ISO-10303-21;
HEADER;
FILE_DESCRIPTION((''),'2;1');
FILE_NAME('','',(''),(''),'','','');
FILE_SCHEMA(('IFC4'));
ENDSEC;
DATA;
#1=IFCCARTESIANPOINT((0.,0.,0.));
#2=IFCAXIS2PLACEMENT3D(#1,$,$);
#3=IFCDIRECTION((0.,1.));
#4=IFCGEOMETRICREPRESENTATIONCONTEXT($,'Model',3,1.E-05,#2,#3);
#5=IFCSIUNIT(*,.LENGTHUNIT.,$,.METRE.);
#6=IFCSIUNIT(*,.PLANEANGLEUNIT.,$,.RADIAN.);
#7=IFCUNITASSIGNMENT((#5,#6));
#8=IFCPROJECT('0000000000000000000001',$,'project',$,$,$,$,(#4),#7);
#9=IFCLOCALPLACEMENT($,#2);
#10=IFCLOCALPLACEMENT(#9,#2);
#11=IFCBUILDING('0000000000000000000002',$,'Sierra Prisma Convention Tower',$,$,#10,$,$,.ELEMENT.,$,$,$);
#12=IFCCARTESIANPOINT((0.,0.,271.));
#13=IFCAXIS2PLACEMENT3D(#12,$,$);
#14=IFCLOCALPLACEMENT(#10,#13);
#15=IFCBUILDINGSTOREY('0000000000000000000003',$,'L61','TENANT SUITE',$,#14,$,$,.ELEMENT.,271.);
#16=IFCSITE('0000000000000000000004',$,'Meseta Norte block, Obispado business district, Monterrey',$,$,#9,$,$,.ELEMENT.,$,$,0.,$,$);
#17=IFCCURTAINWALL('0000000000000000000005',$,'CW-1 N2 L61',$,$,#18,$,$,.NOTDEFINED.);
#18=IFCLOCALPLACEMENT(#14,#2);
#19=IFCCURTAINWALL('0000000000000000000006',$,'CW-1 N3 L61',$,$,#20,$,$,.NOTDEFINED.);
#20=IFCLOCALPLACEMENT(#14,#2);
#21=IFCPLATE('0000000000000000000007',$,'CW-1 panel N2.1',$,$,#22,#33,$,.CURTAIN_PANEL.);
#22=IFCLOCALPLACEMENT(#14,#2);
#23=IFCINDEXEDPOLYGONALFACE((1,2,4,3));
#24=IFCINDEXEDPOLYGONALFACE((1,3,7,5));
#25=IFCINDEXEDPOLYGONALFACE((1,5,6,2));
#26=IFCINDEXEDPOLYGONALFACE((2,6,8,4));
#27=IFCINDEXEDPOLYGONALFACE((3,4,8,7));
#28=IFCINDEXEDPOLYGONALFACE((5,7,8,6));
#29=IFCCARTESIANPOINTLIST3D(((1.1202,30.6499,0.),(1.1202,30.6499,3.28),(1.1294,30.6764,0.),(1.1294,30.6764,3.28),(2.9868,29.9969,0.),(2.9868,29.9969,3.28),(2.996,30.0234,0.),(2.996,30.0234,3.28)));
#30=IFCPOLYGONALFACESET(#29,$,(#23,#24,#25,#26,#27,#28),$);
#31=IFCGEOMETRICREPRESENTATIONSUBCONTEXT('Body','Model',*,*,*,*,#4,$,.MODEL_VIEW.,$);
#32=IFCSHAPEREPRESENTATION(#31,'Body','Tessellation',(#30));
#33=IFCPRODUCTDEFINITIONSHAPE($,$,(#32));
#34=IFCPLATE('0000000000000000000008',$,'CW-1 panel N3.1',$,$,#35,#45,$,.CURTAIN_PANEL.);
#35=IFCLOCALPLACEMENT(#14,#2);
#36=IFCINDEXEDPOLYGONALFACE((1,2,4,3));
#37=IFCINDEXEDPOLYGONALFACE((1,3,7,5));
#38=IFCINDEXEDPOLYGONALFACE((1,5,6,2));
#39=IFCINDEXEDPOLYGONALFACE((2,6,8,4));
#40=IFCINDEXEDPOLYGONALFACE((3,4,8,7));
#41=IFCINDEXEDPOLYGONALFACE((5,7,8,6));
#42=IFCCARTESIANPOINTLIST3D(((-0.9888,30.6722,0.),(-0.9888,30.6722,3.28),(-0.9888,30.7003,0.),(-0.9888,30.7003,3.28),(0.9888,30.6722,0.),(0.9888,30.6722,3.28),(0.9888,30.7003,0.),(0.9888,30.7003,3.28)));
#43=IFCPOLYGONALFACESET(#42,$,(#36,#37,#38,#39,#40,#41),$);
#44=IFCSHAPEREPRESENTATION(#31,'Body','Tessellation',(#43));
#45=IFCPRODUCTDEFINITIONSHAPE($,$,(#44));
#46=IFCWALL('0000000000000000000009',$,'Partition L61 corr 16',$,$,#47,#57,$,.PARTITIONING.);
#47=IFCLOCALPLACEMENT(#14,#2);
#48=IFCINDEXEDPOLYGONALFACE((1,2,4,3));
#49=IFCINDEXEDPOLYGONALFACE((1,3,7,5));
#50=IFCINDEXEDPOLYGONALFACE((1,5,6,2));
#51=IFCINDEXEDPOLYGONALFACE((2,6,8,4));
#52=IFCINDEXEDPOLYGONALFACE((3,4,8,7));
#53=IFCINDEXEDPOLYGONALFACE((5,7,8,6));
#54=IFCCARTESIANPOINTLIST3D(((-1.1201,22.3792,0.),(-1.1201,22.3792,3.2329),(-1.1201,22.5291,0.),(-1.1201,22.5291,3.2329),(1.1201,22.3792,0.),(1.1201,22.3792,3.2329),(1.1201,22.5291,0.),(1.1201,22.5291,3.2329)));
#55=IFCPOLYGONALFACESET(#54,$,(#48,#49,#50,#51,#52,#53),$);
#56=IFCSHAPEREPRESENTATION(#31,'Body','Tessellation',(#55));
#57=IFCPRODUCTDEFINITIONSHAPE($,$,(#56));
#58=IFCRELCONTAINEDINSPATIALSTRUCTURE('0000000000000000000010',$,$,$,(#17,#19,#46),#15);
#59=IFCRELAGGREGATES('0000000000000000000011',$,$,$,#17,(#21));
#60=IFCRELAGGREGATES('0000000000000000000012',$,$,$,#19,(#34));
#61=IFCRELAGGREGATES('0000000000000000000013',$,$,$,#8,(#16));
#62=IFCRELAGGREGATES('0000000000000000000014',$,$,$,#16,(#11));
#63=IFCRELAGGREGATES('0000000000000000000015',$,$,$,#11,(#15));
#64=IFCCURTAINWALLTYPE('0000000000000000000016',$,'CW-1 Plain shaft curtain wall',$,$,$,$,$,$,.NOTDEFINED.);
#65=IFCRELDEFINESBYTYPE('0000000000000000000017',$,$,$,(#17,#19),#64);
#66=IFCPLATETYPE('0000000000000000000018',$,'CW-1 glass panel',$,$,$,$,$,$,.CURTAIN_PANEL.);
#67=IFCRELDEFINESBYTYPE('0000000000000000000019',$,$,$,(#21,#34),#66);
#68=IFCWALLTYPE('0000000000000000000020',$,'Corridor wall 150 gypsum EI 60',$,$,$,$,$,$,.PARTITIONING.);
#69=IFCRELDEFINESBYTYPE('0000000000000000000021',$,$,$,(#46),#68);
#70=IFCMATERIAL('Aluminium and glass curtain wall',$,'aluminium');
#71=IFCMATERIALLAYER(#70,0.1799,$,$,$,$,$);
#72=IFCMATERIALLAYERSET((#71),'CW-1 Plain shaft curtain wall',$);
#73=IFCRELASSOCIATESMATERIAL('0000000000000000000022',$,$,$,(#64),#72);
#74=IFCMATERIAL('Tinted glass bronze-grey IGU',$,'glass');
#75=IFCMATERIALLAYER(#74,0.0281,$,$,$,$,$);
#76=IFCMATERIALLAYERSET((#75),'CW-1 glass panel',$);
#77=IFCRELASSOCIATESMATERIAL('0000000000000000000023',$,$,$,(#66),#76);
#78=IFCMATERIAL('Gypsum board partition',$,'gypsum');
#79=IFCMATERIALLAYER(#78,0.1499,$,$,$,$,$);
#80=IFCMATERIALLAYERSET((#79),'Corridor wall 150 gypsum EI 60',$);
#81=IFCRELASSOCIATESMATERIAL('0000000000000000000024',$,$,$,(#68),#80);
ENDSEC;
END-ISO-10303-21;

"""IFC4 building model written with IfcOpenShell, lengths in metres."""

from ifc_helpers import new_model, si_unit, direction, frame, frame_2d, origin, origin_2d, place, context, subcontext, project, spatial, rectangle, extrude, material, layer, layer_set, type_object, element, aggregate, save


model = new_model("IFC4")

# Units and contexts
model_context = context("Model", 3, precision=1e-05, world=origin(), true_north=direction((0.0, 1.0)))
body_context = subcontext(model_context, "Body", "Model", "MODEL_VIEW")
ifc_project = project(units=[si_unit("LENGTHUNIT", "METRE"), si_unit("PLANEANGLEUNIT", "RADIAN")], contexts=[model_context])

# Site, building, storey
site_placement = place(None, origin())
site = spatial("IfcSite", under=ifc_project, at=site_placement, Name="Meseta Norte block, Obispado business district, Monterrey", CompositionType="ELEMENT", RefElevation=0.0)
building_placement = place(site_placement, origin())
building = spatial("IfcBuilding", under=site, at=building_placement, Name="Sierra Prisma Convention Tower", CompositionType="ELEMENT")
storey_placement = place(building_placement, frame((0.0, 0.0, 271.0)))
storey = spatial("IfcBuildingStorey", under=building, at=storey_placement, Name="L61", Description="TENANT SUITE", CompositionType="ELEMENT", Elevation=271.0)

# Shared definitions
ifc_material_1 = material(Name="Aluminium and glass curtain wall", Category="aluminium")
ifc_layer_1 = layer(ifc_material_1, 0.1799)
ifc_layer_set_1 = layer_set([ifc_layer_1], Name="CW-1 Plain shaft curtain wall")
curtain_wall_type = type_object("IfcCurtainWallType", Name="CW-1 Plain shaft curtain wall", PredefinedType="NOTDEFINED", material=ifc_layer_set_1)

# Curtain walls
curtain_wall_1_placement = place(storey_placement, origin())
curtain_wall_1 = element("IfcCurtainWall", 1, at=curtain_wall_1_placement, inside=storey, type_object=curtain_wall_type, Name="CW-1 N2 L61", PredefinedType="NOTDEFINED")
curtain_wall_2_placement = place(storey_placement, origin())
curtain_wall_2 = element("IfcCurtainWall", 2, at=curtain_wall_2_placement, inside=storey, type_object=curtain_wall_type, Name="CW-1 N3 L61", PredefinedType="NOTDEFINED")

# Plates
ifc_material_2 = material(Name="Tinted glass bronze-grey IGU", Category="glass")
ifc_layer_2 = layer(ifc_material_2, 0.0281)
ifc_layer_set_2 = layer_set([ifc_layer_2], Name="CW-1 glass panel")
plate_type = type_object("IfcPlateType", Name="CW-1 glass panel", PredefinedType="CURTAIN_PANEL", material=ifc_layer_set_2)
plate_1_placement = place(storey_placement, frame((2.0581, 30.3367, 0.0), z_axis=(0.0, 0.0, 1.0), x_axis=(-0.9439, 0.330231, 0.0)))
plate_1 = element("IfcPlate", 3, at=plate_1_placement, type_object=plate_type, Name="CW-1 panel N2.1", PredefinedType="CURTAIN_PANEL", context=body_context, shape_type="SweptSolid", body=[
    extrude(rectangle(XDim=1.9775, YDim=0.0281, at=origin_2d()), origin(), (0.0, 0.0, 1.0), 3.28),
])
aggregate(curtain_wall_1, [plate_1])
plate_2_placement = place(storey_placement, frame((0.0, 30.6863, 0.0), z_axis=(0.0, 0.0, 1.0), x_axis=(-1.0, 0.0, 0.0)))
plate_2 = element("IfcPlate", 4, at=plate_2_placement, type_object=plate_type, Name="CW-1 panel N3.1", PredefinedType="CURTAIN_PANEL", context=body_context, shape_type="SweptSolid", body=[
    extrude(rectangle(XDim=1.9775, YDim=0.0281, at=origin_2d()), origin(), (0.0, 0.0, 1.0), 3.28),
])
aggregate(curtain_wall_2, [plate_2])

# Wall
ifc_material_3 = material(Name="Gypsum board partition", Category="gypsum")
ifc_layer_3 = layer(ifc_material_3, 0.1499)
ifc_layer_set_3 = layer_set([ifc_layer_3], Name="Corridor wall 150 gypsum EI 60")
wall_type = type_object("IfcWallType", Name="Corridor wall 150 gypsum EI 60", PredefinedType="PARTITIONING", material=ifc_layer_set_3)
wall_placement = place(storey_placement, frame((1.1201, 22.4541, 0.0), z_axis=(0.0, 0.0, 1.0), x_axis=(-1.0, 0.0, 0.0)))
element("IfcWall", 5, at=wall_placement, inside=storey, type_object=wall_type, Name="Partition L61 corr 16", PredefinedType="PARTITIONING", context=body_context, shape_type="SweptSolid", body=[
    extrude(rectangle(XDim=2.2402, YDim=0.1499, at=frame_2d((1.1201, 0.0))), origin(), (0.0, 0.0, 1.0), 3.2329),
])

save(model, "model.ifc")
